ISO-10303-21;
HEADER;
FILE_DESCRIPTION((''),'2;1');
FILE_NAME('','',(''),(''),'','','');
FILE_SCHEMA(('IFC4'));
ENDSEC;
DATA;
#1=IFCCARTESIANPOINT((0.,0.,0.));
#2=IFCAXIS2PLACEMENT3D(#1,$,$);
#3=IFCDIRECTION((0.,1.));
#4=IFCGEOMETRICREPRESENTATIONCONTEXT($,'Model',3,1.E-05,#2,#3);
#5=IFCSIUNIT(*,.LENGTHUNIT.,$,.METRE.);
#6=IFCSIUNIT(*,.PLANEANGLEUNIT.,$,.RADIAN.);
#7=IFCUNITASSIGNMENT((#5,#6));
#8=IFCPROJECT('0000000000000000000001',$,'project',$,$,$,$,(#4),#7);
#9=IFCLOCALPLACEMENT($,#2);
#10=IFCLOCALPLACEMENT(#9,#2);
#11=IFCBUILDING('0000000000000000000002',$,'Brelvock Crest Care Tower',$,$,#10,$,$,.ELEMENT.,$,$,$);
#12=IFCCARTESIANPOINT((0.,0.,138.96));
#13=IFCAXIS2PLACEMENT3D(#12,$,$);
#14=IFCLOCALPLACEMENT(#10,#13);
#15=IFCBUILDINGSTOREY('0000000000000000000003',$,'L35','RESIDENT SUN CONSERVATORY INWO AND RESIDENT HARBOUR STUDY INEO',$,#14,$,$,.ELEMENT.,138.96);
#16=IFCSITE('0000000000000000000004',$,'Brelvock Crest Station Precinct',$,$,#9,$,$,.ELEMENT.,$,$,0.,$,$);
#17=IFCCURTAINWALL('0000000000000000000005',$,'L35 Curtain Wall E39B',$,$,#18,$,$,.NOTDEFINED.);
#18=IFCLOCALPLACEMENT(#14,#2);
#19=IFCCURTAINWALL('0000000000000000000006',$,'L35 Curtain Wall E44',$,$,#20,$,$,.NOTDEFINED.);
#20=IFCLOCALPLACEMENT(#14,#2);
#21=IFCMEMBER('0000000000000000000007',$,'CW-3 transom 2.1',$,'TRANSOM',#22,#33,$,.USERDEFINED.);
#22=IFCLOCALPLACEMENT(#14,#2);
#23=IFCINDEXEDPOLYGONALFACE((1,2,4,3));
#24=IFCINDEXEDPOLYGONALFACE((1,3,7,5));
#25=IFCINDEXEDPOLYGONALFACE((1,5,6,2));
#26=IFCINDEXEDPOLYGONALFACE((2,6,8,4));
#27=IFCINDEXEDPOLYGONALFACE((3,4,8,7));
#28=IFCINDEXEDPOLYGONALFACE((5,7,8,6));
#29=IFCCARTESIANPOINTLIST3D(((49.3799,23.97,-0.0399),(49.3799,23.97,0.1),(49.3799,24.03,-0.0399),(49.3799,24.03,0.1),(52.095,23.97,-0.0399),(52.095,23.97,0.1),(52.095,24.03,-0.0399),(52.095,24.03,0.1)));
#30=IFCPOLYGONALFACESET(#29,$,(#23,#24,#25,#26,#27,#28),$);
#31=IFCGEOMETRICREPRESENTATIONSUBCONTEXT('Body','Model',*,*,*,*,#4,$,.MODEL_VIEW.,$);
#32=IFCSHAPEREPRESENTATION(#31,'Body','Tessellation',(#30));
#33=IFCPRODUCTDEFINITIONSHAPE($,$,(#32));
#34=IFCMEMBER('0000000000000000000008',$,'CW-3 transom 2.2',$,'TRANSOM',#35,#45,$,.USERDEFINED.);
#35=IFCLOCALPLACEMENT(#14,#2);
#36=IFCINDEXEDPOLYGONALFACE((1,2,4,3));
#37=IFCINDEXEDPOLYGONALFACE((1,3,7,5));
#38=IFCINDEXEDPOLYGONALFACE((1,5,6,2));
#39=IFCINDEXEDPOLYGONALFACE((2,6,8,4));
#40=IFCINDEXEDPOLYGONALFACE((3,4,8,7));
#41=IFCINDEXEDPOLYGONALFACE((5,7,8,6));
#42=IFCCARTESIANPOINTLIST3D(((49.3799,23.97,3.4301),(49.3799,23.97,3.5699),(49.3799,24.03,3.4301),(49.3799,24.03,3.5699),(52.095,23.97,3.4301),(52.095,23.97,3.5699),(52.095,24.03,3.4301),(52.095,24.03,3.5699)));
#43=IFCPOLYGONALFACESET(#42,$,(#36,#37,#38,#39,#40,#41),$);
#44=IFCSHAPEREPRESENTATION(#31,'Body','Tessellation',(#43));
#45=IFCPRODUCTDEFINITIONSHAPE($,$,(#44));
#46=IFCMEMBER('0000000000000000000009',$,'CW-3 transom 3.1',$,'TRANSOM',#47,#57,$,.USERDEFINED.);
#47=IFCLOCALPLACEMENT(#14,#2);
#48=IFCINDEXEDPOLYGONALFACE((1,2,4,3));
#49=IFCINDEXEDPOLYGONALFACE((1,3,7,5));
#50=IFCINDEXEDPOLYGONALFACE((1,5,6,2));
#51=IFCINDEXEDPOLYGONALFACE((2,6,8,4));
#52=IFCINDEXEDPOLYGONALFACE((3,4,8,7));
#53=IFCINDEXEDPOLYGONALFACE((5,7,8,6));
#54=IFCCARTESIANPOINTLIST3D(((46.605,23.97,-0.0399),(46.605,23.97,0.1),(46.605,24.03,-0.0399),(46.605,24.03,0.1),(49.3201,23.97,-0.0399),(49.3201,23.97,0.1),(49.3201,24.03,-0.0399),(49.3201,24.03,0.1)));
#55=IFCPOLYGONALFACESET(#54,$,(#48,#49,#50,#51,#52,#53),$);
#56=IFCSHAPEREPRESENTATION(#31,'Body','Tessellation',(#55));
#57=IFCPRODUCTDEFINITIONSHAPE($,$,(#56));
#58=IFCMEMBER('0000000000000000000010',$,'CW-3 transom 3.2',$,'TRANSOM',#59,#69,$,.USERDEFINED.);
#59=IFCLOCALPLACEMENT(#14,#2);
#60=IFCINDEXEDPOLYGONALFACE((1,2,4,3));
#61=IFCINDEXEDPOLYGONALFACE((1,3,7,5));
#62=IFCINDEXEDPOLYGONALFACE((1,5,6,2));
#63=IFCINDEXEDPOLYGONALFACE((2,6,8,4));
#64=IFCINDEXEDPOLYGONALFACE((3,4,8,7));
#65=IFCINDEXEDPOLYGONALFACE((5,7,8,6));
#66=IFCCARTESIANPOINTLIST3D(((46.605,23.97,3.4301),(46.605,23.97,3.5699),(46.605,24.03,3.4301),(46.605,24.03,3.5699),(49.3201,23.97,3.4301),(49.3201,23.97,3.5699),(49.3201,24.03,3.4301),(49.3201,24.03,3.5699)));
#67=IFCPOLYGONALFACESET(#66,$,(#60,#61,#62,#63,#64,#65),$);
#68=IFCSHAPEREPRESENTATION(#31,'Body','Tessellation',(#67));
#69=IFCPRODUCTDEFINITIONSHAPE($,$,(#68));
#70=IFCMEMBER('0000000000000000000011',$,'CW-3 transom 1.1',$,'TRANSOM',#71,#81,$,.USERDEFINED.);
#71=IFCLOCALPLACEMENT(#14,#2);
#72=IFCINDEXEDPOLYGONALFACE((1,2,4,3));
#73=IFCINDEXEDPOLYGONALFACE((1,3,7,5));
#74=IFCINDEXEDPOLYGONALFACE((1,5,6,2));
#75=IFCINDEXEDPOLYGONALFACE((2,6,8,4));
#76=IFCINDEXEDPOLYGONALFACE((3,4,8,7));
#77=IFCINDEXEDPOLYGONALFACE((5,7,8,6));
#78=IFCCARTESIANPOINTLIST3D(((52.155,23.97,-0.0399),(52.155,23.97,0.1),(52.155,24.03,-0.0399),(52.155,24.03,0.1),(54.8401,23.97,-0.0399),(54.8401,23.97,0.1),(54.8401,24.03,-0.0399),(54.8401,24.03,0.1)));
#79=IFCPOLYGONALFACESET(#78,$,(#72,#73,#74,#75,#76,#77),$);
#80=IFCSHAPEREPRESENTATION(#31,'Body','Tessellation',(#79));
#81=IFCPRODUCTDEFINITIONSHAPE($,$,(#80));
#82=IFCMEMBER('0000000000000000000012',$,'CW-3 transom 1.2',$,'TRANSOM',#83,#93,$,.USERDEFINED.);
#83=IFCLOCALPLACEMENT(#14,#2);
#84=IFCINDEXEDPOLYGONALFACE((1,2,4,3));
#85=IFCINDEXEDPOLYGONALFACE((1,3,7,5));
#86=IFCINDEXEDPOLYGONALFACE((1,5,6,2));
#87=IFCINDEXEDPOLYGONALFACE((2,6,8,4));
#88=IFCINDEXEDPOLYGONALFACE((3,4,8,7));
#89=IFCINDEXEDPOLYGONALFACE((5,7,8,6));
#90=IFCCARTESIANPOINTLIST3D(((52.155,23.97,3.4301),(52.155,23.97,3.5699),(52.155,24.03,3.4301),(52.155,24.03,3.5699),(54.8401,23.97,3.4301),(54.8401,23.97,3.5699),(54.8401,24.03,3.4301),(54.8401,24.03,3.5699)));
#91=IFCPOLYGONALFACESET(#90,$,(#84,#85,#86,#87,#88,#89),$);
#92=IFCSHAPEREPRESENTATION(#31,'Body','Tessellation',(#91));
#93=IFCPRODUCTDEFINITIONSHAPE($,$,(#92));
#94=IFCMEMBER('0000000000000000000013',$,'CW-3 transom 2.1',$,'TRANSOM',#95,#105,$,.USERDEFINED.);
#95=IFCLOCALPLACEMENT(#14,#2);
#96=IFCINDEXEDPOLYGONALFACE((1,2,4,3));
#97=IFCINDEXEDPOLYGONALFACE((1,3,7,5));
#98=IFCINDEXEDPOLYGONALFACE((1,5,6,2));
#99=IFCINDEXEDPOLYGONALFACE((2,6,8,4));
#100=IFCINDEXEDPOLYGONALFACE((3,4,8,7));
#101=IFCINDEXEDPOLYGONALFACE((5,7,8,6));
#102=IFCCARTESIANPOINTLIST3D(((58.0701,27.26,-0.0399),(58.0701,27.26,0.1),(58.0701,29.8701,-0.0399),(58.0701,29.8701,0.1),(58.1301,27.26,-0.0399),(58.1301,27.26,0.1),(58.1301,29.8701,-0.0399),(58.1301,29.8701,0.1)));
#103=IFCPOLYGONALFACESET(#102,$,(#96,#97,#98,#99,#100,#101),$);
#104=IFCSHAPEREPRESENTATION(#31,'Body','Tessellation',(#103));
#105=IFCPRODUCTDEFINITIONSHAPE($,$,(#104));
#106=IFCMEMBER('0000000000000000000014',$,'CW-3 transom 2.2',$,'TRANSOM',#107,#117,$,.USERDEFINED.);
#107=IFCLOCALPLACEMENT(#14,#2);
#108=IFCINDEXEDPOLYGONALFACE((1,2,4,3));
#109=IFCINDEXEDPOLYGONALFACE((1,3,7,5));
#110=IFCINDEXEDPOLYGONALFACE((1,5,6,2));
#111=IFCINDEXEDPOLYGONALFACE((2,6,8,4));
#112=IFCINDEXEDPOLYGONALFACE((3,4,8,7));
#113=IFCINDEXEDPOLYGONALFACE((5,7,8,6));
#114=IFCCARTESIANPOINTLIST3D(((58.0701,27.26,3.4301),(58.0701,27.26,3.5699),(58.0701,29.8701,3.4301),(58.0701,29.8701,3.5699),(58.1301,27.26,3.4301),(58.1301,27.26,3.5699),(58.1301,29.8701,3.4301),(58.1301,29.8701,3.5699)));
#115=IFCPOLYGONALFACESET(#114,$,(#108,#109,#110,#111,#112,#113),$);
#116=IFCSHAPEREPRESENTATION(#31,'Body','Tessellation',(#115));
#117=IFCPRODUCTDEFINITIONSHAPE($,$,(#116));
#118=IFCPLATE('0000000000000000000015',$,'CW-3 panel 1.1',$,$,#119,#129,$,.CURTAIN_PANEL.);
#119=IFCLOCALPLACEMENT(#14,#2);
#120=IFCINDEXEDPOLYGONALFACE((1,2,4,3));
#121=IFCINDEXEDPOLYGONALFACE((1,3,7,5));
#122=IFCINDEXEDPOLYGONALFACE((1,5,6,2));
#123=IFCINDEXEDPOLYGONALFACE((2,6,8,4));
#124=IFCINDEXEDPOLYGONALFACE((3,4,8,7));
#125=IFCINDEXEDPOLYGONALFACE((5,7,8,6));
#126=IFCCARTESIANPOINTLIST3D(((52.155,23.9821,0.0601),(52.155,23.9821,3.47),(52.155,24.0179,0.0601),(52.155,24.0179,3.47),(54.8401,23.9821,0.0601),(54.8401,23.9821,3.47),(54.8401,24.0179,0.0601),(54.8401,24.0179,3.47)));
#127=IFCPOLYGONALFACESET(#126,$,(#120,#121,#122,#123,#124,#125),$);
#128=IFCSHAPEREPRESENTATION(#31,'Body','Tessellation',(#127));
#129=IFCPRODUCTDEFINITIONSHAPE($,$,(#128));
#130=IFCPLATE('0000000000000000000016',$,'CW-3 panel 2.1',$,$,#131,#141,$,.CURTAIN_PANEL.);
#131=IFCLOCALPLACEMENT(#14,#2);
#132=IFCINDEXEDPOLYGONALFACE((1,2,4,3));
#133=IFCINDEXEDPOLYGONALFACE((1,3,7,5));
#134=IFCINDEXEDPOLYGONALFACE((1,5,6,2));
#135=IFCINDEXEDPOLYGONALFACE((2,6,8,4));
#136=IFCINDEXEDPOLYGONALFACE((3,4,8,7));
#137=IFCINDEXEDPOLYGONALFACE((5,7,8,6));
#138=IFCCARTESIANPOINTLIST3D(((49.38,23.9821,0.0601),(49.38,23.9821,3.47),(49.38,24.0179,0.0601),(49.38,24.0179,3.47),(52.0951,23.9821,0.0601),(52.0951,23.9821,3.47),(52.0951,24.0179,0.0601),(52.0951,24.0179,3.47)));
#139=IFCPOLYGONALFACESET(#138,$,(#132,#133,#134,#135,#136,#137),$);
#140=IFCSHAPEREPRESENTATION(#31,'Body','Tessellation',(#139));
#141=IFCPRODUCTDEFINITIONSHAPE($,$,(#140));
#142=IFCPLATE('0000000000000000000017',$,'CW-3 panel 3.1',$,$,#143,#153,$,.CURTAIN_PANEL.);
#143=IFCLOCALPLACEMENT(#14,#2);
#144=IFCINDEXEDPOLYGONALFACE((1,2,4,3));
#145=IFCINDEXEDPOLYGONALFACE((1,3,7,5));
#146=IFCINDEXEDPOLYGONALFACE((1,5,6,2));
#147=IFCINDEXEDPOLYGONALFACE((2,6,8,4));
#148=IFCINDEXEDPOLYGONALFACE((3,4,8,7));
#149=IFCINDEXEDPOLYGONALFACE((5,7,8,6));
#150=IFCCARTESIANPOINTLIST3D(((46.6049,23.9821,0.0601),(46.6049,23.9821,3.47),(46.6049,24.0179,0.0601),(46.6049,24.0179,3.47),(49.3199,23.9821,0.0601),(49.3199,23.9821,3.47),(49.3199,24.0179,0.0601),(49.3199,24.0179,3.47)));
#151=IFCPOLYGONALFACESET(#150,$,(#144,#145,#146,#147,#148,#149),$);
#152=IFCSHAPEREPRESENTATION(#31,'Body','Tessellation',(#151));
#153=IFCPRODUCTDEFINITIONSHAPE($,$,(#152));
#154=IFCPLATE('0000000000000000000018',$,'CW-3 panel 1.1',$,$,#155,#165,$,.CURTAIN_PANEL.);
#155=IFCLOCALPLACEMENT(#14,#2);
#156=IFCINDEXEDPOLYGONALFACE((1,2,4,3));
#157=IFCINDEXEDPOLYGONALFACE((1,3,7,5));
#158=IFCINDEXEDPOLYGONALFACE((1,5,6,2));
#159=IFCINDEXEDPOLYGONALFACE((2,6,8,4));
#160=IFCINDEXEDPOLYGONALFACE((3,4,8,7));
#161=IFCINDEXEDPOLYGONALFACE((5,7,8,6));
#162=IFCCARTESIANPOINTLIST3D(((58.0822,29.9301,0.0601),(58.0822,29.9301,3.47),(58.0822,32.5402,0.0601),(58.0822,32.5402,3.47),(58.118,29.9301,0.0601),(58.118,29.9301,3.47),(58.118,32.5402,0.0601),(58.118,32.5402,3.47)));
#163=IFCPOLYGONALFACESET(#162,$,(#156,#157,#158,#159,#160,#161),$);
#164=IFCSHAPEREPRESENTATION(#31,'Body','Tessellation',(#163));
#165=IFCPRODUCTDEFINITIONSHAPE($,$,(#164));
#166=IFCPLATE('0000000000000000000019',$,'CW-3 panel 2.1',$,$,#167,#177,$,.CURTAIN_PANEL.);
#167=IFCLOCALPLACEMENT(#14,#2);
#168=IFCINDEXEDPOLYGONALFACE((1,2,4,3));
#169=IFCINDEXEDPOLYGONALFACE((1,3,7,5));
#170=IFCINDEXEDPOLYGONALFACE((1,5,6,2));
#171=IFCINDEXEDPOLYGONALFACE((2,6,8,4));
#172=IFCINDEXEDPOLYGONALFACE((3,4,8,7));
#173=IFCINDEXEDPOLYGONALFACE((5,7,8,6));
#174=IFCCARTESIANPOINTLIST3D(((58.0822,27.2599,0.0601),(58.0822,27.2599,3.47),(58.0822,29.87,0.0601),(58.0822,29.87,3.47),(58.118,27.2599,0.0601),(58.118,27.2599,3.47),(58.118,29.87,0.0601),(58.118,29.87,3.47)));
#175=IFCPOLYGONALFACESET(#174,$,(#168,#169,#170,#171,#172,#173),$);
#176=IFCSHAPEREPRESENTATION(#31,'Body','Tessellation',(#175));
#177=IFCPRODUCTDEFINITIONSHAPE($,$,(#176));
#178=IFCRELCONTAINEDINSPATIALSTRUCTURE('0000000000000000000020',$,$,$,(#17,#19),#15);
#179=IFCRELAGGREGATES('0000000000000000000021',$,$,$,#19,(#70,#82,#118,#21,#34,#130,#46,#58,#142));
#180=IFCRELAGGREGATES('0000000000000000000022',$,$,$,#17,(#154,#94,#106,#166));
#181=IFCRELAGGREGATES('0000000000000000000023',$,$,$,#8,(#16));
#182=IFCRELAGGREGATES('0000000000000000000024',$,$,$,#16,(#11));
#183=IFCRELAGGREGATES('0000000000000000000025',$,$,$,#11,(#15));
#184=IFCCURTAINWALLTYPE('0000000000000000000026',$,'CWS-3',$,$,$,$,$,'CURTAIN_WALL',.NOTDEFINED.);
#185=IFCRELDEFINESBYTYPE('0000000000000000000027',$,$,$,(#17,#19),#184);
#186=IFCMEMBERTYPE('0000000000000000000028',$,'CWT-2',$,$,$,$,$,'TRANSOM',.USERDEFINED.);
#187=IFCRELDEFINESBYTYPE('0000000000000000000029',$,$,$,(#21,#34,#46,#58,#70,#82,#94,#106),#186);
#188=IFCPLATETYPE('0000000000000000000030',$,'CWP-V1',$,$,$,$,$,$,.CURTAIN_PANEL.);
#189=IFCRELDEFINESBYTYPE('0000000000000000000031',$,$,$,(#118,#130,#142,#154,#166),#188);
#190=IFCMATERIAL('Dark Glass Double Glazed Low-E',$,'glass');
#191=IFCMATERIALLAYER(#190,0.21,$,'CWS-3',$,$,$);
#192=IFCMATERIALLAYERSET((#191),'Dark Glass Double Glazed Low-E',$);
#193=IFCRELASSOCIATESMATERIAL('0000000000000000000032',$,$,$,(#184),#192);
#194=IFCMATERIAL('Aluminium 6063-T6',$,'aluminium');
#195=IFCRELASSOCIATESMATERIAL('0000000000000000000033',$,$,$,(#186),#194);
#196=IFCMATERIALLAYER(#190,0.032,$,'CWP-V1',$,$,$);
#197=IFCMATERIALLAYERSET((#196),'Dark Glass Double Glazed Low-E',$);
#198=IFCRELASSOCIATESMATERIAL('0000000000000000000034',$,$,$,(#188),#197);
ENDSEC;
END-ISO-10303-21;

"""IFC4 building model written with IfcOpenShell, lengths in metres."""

from ifc_helpers import new_model, si_unit, direction, frame, origin, origin_2d, place, context, subcontext, project, spatial, rectangle, extrude, source, transform, mapped, material, layer, layer_set, material_profile, profile_set, type_object, element, aggregate, save


model = new_model("IFC4")

# Units and contexts
model_context = context("Model", 3, precision=1e-05, world=origin(), true_north=direction((0.0, 1.0)))
body_context = subcontext(model_context, "Body", "Model", "MODEL_VIEW")
ifc_project = project(units=[si_unit("LENGTHUNIT", "METRE"), si_unit("PLANEANGLEUNIT", "RADIAN")], contexts=[model_context])

# Site, building, storey
site_placement = place(None, origin())
site = spatial("IfcSite", under=ifc_project, at=site_placement, Name="Brelvock Crest Station Precinct", CompositionType="ELEMENT", RefElevation=0.0)
building_placement = place(site_placement, origin())
building = spatial("IfcBuilding", under=site, at=building_placement, Name="Brelvock Crest Care Tower", CompositionType="ELEMENT")
storey_placement = place(building_placement, frame((0.0, 0.0, 138.96)))
storey = spatial("IfcBuildingStorey", under=building, at=storey_placement, Name="L35", Description="RESIDENT SUN CONSERVATORY INWO AND RESIDENT HARBOUR STUDY INEO", CompositionType="ELEMENT", Elevation=138.96)

# Curtain walls, members
ifc_material_1 = material(Name="Dark Glass Double Glazed Low-E", Category="glass")
ifc_layer_1 = layer(ifc_material_1, 0.21, Name="CWS-3")
ifc_layer_set_1 = layer_set([ifc_layer_1], Name="Dark Glass Double Glazed Low-E")
curtain_wall_type = type_object("IfcCurtainWallType", Name="CWS-3", ElementType="CURTAIN_WALL", PredefinedType="NOTDEFINED", material=ifc_layer_set_1)
curtain_wall_1_placement = place(storey_placement, origin())
curtain_wall_1 = element("IfcCurtainWall", 1, at=curtain_wall_1_placement, inside=storey, type_object=curtain_wall_type, Name="L35 Curtain Wall E39B", PredefinedType="NOTDEFINED")
ifc_material_2 = material(Name="Aluminium 6063-T6", Category="aluminium")
curtain_wall_2_placement = place(storey_placement, origin())
curtain_wall_2 = element("IfcCurtainWall", 2, at=curtain_wall_2_placement, inside=storey, type_object=curtain_wall_type, Name="L35 Curtain Wall E44", PredefinedType="NOTDEFINED")
ifc_material_profile_1 = material_profile(ifc_material_2, rectangle(XDim=0.0601, YDim=0.1399, at=origin_2d()), Name="ALU60x140")
ifc_profile_set_1 = profile_set([ifc_material_profile_1], Name="Aluminium 6063-T6")
member_type_1 = type_object("IfcMemberType", Name="CWT-2", ElementType="TRANSOM", PredefinedType="USERDEFINED", material=ifc_profile_set_1)
shared_shape_1 = source(origin(), body_context, "Body", "SweptSolid", [
    extrude(rectangle(XDim=0.0601, YDim=0.1399, at=origin_2d()), origin(), (0.0, 0.0, 1.0), 2.7151),
])
member_1_placement = place(storey_placement, frame((52.095, 24.0, 0.03), z_axis=(-1.0, 0.0, 0.0), x_axis=(0.0, -1.0, 0.0)))
member_1 = element("IfcMember", 3, at=member_1_placement, type_object=member_type_1, Name="CW-3 transom 2.1", ObjectType="TRANSOM", PredefinedType="USERDEFINED", context=body_context, shape_type="MappedRepresentation", body=[
    mapped(shared_shape_1, transform((0.0, 0.0, 0.0), x_axis=(1.0, 0.0, 0.0), y_axis=(0.0, 1.0, 0.0), z_axis=(0.0, 0.0, 1.0), scale=1.0)),
])
member_2_placement = place(storey_placement, frame((52.095, 24.0, 3.5), z_axis=(-1.0, 0.0, 0.0), x_axis=(0.0, -1.0, 0.0)))
member_2 = element("IfcMember", 4, at=member_2_placement, type_object=member_type_1, Name="CW-3 transom 2.2", ObjectType="TRANSOM", PredefinedType="USERDEFINED", context=body_context, shape_type="MappedRepresentation", body=[
    mapped(shared_shape_1, transform((0.0, 0.0, 0.0), x_axis=(1.0, 0.0, 0.0), y_axis=(0.0, 1.0, 0.0), z_axis=(0.0, 0.0, 1.0), scale=1.0)),
])
member_3_placement = place(storey_placement, frame((49.3201, 24.0, 0.03), z_axis=(-1.0, 0.0, 0.0), x_axis=(0.0, -1.0, 0.0)))
member_3 = element("IfcMember", 5, at=member_3_placement, type_object=member_type_1, Name="CW-3 transom 3.1", ObjectType="TRANSOM", PredefinedType="USERDEFINED", context=body_context, shape_type="MappedRepresentation", body=[
    mapped(shared_shape_1, transform((0.0, 0.0, 0.0), x_axis=(1.0, 0.0, 0.0), y_axis=(0.0, 1.0, 0.0), z_axis=(0.0, 0.0, 1.0), scale=1.0)),
])
member_4_placement = place(storey_placement, frame((49.3201, 24.0, 3.5), z_axis=(-1.0, 0.0, 0.0), x_axis=(0.0, -1.0, 0.0)))
member_4 = element("IfcMember", 6, at=member_4_placement, type_object=member_type_1, Name="CW-3 transom 3.2", ObjectType="TRANSOM", PredefinedType="USERDEFINED", context=body_context, shape_type="MappedRepresentation", body=[
    mapped(shared_shape_1, transform((0.0, 0.0, 0.0), x_axis=(1.0, 0.0, 0.0), y_axis=(0.0, 1.0, 0.0), z_axis=(0.0, 0.0, 1.0), scale=1.0)),
])
shared_shape_2 = source(origin(), body_context, "Body", "SweptSolid", [
    extrude(rectangle(XDim=0.0601, YDim=0.1399, at=origin_2d()), origin(), (0.0, 0.0, 1.0), 2.6851),
])
member_5_placement = place(storey_placement, frame((54.8401, 24.0, 0.03), z_axis=(-1.0, 0.0, 0.0), x_axis=(0.0, -1.0, 0.0)))
member_5 = element("IfcMember", 7, at=member_5_placement, type_object=member_type_1, Name="CW-3 transom 1.1", ObjectType="TRANSOM", PredefinedType="USERDEFINED", context=body_context, shape_type="MappedRepresentation", body=[
    mapped(shared_shape_2, transform((0.0, 0.0, 0.0), x_axis=(1.0, 0.0, 0.0), y_axis=(0.0, 1.0, 0.0), z_axis=(0.0, 0.0, 1.0), scale=1.0)),
])
member_6_placement = place(storey_placement, frame((54.8401, 24.0, 3.5), z_axis=(-1.0, 0.0, 0.0), x_axis=(0.0, -1.0, 0.0)))
member_6 = element("IfcMember", 8, at=member_6_placement, type_object=member_type_1, Name="CW-3 transom 1.2", ObjectType="TRANSOM", PredefinedType="USERDEFINED", context=body_context, shape_type="MappedRepresentation", body=[
    mapped(shared_shape_2, transform((0.0, 0.0, 0.0), x_axis=(1.0, 0.0, 0.0), y_axis=(0.0, 1.0, 0.0), z_axis=(0.0, 0.0, 1.0), scale=1.0)),
])

# Members
shared_shape_3 = source(origin(), body_context, "Body", "SweptSolid", [
    extrude(rectangle(XDim=0.0601, YDim=0.1399, at=origin_2d()), origin(), (0.0, 0.0, 1.0), 2.6101),
])
member_7_placement = place(storey_placement, frame((58.1001, 29.8701, 0.03), z_axis=(0.0, -1.0, 0.0), x_axis=(1.0, 0.0, 0.0)))
member_7 = element("IfcMember", 9, at=member_7_placement, type_object=member_type_1, Name="CW-3 transom 2.1", ObjectType="TRANSOM", PredefinedType="USERDEFINED", context=body_context, shape_type="MappedRepresentation", body=[
    mapped(shared_shape_3, transform((0.0, 0.0, 0.0), x_axis=(1.0, 0.0, 0.0), y_axis=(0.0, 1.0, 0.0), z_axis=(0.0, 0.0, 1.0), scale=1.0)),
])
member_8_placement = place(storey_placement, frame((58.1001, 29.8701, 3.5), z_axis=(0.0, -1.0, 0.0), x_axis=(1.0, 0.0, 0.0)))
member_8 = element("IfcMember", 10, at=member_8_placement, type_object=member_type_1, Name="CW-3 transom 2.2", ObjectType="TRANSOM", PredefinedType="USERDEFINED", context=body_context, shape_type="MappedRepresentation", body=[
    mapped(shared_shape_3, transform((0.0, 0.0, 0.0), x_axis=(1.0, 0.0, 0.0), y_axis=(0.0, 1.0, 0.0), z_axis=(0.0, 0.0, 1.0), scale=1.0)),
])

# Plates
ifc_layer_2 = layer(ifc_material_1, 0.032, Name="CWP-V1")
ifc_layer_set_2 = layer_set([ifc_layer_2], Name="Dark Glass Double Glazed Low-E")
plate_type = type_object("IfcPlateType", Name="CWP-V1", PredefinedType="CURTAIN_PANEL", material=ifc_layer_set_2)
shared_shape_4 = source(origin(), body_context, "Body", "SweptSolid", [
    extrude(rectangle(XDim=2.6851, YDim=0.0359, at=origin_2d()), origin(), (0.0, 0.0, 1.0), 3.4099),
])
plate_1_placement = place(storey_placement, frame((53.4976, 24.0, 0.0601), z_axis=(0.0, 0.0, 1.0), x_axis=(-1.0, 0.0, 0.0)))
plate_1 = element("IfcPlate", 11, at=plate_1_placement, type_object=plate_type, Name="CW-3 panel 1.1", PredefinedType="CURTAIN_PANEL", context=body_context, shape_type="MappedRepresentation", body=[
    mapped(shared_shape_4, transform((0.0, 0.0, 0.0), x_axis=(1.0, 0.0, 0.0), y_axis=(0.0, 1.0, 0.0), z_axis=(0.0, 0.0, 1.0), scale=1.0)),
])
shared_shape_5 = source(origin(), body_context, "Body", "SweptSolid", [
    extrude(rectangle(XDim=2.7151, YDim=0.0359, at=origin_2d()), origin(), (0.0, 0.0, 1.0), 3.4099),
])
plate_2_placement = place(storey_placement, frame((50.7375, 24.0, 0.0601), z_axis=(0.0, 0.0, 1.0), x_axis=(-1.0, 0.0, 0.0)))
plate_2 = element("IfcPlate", 12, at=plate_2_placement, type_object=plate_type, Name="CW-3 panel 2.1", PredefinedType="CURTAIN_PANEL", context=body_context, shape_type="MappedRepresentation", body=[
    mapped(shared_shape_5, transform((0.0, 0.0, 0.0), x_axis=(1.0, 0.0, 0.0), y_axis=(0.0, 1.0, 0.0), z_axis=(0.0, 0.0, 1.0), scale=1.0)),
])
plate_3_placement = place(storey_placement, frame((47.9624, 24.0, 0.0601), z_axis=(0.0, 0.0, 1.0), x_axis=(-1.0, 0.0, 0.0)))
plate_3 = element("IfcPlate", 13, at=plate_3_placement, type_object=plate_type, Name="CW-3 panel 3.1", PredefinedType="CURTAIN_PANEL", context=body_context, shape_type="MappedRepresentation", body=[
    mapped(shared_shape_5, transform((0.0, 0.0, 0.0), x_axis=(1.0, 0.0, 0.0), y_axis=(0.0, 1.0, 0.0), z_axis=(0.0, 0.0, 1.0), scale=1.0)),
])
aggregate(curtain_wall_2, [member_5, member_6, plate_1, member_1, member_2, plate_2, member_3, member_4, plate_3])
shared_shape_6 = source(origin(), body_context, "Body", "SweptSolid", [
    extrude(rectangle(XDim=2.6101, YDim=0.0359, at=origin_2d()), origin(), (0.0, 0.0, 1.0), 3.4099),
])
plate_4_placement = place(storey_placement, frame((58.1001, 31.2351, 0.0601), z_axis=(0.0, 0.0, 1.0), x_axis=(0.0, -1.0, 0.0)))
plate_4 = element("IfcPlate", 14, at=plate_4_placement, type_object=plate_type, Name="CW-3 panel 1.1", PredefinedType="CURTAIN_PANEL", context=body_context, shape_type="MappedRepresentation", body=[
    mapped(shared_shape_6, transform((0.0, 0.0, 0.0), x_axis=(1.0, 0.0, 0.0), y_axis=(0.0, 1.0, 0.0), z_axis=(0.0, 0.0, 1.0), scale=1.0)),
])
plate_5_placement = place(storey_placement, frame((58.1001, 28.5649, 0.0601), z_axis=(0.0, 0.0, 1.0), x_axis=(0.0, -1.0, 0.0)))
plate_5 = element("IfcPlate", 15, at=plate_5_placement, type_object=plate_type, Name="CW-3 panel 2.1", PredefinedType="CURTAIN_PANEL", context=body_context, shape_type="MappedRepresentation", body=[
    mapped(shared_shape_6, transform((0.0, 0.0, 0.0), x_axis=(1.0, 0.0, 0.0), y_axis=(0.0, 1.0, 0.0), z_axis=(0.0, 0.0, 1.0), scale=1.0)),
])
aggregate(curtain_wall_1, [plate_4, member_7, member_8, plate_5])

save(model, "model.ifc")
